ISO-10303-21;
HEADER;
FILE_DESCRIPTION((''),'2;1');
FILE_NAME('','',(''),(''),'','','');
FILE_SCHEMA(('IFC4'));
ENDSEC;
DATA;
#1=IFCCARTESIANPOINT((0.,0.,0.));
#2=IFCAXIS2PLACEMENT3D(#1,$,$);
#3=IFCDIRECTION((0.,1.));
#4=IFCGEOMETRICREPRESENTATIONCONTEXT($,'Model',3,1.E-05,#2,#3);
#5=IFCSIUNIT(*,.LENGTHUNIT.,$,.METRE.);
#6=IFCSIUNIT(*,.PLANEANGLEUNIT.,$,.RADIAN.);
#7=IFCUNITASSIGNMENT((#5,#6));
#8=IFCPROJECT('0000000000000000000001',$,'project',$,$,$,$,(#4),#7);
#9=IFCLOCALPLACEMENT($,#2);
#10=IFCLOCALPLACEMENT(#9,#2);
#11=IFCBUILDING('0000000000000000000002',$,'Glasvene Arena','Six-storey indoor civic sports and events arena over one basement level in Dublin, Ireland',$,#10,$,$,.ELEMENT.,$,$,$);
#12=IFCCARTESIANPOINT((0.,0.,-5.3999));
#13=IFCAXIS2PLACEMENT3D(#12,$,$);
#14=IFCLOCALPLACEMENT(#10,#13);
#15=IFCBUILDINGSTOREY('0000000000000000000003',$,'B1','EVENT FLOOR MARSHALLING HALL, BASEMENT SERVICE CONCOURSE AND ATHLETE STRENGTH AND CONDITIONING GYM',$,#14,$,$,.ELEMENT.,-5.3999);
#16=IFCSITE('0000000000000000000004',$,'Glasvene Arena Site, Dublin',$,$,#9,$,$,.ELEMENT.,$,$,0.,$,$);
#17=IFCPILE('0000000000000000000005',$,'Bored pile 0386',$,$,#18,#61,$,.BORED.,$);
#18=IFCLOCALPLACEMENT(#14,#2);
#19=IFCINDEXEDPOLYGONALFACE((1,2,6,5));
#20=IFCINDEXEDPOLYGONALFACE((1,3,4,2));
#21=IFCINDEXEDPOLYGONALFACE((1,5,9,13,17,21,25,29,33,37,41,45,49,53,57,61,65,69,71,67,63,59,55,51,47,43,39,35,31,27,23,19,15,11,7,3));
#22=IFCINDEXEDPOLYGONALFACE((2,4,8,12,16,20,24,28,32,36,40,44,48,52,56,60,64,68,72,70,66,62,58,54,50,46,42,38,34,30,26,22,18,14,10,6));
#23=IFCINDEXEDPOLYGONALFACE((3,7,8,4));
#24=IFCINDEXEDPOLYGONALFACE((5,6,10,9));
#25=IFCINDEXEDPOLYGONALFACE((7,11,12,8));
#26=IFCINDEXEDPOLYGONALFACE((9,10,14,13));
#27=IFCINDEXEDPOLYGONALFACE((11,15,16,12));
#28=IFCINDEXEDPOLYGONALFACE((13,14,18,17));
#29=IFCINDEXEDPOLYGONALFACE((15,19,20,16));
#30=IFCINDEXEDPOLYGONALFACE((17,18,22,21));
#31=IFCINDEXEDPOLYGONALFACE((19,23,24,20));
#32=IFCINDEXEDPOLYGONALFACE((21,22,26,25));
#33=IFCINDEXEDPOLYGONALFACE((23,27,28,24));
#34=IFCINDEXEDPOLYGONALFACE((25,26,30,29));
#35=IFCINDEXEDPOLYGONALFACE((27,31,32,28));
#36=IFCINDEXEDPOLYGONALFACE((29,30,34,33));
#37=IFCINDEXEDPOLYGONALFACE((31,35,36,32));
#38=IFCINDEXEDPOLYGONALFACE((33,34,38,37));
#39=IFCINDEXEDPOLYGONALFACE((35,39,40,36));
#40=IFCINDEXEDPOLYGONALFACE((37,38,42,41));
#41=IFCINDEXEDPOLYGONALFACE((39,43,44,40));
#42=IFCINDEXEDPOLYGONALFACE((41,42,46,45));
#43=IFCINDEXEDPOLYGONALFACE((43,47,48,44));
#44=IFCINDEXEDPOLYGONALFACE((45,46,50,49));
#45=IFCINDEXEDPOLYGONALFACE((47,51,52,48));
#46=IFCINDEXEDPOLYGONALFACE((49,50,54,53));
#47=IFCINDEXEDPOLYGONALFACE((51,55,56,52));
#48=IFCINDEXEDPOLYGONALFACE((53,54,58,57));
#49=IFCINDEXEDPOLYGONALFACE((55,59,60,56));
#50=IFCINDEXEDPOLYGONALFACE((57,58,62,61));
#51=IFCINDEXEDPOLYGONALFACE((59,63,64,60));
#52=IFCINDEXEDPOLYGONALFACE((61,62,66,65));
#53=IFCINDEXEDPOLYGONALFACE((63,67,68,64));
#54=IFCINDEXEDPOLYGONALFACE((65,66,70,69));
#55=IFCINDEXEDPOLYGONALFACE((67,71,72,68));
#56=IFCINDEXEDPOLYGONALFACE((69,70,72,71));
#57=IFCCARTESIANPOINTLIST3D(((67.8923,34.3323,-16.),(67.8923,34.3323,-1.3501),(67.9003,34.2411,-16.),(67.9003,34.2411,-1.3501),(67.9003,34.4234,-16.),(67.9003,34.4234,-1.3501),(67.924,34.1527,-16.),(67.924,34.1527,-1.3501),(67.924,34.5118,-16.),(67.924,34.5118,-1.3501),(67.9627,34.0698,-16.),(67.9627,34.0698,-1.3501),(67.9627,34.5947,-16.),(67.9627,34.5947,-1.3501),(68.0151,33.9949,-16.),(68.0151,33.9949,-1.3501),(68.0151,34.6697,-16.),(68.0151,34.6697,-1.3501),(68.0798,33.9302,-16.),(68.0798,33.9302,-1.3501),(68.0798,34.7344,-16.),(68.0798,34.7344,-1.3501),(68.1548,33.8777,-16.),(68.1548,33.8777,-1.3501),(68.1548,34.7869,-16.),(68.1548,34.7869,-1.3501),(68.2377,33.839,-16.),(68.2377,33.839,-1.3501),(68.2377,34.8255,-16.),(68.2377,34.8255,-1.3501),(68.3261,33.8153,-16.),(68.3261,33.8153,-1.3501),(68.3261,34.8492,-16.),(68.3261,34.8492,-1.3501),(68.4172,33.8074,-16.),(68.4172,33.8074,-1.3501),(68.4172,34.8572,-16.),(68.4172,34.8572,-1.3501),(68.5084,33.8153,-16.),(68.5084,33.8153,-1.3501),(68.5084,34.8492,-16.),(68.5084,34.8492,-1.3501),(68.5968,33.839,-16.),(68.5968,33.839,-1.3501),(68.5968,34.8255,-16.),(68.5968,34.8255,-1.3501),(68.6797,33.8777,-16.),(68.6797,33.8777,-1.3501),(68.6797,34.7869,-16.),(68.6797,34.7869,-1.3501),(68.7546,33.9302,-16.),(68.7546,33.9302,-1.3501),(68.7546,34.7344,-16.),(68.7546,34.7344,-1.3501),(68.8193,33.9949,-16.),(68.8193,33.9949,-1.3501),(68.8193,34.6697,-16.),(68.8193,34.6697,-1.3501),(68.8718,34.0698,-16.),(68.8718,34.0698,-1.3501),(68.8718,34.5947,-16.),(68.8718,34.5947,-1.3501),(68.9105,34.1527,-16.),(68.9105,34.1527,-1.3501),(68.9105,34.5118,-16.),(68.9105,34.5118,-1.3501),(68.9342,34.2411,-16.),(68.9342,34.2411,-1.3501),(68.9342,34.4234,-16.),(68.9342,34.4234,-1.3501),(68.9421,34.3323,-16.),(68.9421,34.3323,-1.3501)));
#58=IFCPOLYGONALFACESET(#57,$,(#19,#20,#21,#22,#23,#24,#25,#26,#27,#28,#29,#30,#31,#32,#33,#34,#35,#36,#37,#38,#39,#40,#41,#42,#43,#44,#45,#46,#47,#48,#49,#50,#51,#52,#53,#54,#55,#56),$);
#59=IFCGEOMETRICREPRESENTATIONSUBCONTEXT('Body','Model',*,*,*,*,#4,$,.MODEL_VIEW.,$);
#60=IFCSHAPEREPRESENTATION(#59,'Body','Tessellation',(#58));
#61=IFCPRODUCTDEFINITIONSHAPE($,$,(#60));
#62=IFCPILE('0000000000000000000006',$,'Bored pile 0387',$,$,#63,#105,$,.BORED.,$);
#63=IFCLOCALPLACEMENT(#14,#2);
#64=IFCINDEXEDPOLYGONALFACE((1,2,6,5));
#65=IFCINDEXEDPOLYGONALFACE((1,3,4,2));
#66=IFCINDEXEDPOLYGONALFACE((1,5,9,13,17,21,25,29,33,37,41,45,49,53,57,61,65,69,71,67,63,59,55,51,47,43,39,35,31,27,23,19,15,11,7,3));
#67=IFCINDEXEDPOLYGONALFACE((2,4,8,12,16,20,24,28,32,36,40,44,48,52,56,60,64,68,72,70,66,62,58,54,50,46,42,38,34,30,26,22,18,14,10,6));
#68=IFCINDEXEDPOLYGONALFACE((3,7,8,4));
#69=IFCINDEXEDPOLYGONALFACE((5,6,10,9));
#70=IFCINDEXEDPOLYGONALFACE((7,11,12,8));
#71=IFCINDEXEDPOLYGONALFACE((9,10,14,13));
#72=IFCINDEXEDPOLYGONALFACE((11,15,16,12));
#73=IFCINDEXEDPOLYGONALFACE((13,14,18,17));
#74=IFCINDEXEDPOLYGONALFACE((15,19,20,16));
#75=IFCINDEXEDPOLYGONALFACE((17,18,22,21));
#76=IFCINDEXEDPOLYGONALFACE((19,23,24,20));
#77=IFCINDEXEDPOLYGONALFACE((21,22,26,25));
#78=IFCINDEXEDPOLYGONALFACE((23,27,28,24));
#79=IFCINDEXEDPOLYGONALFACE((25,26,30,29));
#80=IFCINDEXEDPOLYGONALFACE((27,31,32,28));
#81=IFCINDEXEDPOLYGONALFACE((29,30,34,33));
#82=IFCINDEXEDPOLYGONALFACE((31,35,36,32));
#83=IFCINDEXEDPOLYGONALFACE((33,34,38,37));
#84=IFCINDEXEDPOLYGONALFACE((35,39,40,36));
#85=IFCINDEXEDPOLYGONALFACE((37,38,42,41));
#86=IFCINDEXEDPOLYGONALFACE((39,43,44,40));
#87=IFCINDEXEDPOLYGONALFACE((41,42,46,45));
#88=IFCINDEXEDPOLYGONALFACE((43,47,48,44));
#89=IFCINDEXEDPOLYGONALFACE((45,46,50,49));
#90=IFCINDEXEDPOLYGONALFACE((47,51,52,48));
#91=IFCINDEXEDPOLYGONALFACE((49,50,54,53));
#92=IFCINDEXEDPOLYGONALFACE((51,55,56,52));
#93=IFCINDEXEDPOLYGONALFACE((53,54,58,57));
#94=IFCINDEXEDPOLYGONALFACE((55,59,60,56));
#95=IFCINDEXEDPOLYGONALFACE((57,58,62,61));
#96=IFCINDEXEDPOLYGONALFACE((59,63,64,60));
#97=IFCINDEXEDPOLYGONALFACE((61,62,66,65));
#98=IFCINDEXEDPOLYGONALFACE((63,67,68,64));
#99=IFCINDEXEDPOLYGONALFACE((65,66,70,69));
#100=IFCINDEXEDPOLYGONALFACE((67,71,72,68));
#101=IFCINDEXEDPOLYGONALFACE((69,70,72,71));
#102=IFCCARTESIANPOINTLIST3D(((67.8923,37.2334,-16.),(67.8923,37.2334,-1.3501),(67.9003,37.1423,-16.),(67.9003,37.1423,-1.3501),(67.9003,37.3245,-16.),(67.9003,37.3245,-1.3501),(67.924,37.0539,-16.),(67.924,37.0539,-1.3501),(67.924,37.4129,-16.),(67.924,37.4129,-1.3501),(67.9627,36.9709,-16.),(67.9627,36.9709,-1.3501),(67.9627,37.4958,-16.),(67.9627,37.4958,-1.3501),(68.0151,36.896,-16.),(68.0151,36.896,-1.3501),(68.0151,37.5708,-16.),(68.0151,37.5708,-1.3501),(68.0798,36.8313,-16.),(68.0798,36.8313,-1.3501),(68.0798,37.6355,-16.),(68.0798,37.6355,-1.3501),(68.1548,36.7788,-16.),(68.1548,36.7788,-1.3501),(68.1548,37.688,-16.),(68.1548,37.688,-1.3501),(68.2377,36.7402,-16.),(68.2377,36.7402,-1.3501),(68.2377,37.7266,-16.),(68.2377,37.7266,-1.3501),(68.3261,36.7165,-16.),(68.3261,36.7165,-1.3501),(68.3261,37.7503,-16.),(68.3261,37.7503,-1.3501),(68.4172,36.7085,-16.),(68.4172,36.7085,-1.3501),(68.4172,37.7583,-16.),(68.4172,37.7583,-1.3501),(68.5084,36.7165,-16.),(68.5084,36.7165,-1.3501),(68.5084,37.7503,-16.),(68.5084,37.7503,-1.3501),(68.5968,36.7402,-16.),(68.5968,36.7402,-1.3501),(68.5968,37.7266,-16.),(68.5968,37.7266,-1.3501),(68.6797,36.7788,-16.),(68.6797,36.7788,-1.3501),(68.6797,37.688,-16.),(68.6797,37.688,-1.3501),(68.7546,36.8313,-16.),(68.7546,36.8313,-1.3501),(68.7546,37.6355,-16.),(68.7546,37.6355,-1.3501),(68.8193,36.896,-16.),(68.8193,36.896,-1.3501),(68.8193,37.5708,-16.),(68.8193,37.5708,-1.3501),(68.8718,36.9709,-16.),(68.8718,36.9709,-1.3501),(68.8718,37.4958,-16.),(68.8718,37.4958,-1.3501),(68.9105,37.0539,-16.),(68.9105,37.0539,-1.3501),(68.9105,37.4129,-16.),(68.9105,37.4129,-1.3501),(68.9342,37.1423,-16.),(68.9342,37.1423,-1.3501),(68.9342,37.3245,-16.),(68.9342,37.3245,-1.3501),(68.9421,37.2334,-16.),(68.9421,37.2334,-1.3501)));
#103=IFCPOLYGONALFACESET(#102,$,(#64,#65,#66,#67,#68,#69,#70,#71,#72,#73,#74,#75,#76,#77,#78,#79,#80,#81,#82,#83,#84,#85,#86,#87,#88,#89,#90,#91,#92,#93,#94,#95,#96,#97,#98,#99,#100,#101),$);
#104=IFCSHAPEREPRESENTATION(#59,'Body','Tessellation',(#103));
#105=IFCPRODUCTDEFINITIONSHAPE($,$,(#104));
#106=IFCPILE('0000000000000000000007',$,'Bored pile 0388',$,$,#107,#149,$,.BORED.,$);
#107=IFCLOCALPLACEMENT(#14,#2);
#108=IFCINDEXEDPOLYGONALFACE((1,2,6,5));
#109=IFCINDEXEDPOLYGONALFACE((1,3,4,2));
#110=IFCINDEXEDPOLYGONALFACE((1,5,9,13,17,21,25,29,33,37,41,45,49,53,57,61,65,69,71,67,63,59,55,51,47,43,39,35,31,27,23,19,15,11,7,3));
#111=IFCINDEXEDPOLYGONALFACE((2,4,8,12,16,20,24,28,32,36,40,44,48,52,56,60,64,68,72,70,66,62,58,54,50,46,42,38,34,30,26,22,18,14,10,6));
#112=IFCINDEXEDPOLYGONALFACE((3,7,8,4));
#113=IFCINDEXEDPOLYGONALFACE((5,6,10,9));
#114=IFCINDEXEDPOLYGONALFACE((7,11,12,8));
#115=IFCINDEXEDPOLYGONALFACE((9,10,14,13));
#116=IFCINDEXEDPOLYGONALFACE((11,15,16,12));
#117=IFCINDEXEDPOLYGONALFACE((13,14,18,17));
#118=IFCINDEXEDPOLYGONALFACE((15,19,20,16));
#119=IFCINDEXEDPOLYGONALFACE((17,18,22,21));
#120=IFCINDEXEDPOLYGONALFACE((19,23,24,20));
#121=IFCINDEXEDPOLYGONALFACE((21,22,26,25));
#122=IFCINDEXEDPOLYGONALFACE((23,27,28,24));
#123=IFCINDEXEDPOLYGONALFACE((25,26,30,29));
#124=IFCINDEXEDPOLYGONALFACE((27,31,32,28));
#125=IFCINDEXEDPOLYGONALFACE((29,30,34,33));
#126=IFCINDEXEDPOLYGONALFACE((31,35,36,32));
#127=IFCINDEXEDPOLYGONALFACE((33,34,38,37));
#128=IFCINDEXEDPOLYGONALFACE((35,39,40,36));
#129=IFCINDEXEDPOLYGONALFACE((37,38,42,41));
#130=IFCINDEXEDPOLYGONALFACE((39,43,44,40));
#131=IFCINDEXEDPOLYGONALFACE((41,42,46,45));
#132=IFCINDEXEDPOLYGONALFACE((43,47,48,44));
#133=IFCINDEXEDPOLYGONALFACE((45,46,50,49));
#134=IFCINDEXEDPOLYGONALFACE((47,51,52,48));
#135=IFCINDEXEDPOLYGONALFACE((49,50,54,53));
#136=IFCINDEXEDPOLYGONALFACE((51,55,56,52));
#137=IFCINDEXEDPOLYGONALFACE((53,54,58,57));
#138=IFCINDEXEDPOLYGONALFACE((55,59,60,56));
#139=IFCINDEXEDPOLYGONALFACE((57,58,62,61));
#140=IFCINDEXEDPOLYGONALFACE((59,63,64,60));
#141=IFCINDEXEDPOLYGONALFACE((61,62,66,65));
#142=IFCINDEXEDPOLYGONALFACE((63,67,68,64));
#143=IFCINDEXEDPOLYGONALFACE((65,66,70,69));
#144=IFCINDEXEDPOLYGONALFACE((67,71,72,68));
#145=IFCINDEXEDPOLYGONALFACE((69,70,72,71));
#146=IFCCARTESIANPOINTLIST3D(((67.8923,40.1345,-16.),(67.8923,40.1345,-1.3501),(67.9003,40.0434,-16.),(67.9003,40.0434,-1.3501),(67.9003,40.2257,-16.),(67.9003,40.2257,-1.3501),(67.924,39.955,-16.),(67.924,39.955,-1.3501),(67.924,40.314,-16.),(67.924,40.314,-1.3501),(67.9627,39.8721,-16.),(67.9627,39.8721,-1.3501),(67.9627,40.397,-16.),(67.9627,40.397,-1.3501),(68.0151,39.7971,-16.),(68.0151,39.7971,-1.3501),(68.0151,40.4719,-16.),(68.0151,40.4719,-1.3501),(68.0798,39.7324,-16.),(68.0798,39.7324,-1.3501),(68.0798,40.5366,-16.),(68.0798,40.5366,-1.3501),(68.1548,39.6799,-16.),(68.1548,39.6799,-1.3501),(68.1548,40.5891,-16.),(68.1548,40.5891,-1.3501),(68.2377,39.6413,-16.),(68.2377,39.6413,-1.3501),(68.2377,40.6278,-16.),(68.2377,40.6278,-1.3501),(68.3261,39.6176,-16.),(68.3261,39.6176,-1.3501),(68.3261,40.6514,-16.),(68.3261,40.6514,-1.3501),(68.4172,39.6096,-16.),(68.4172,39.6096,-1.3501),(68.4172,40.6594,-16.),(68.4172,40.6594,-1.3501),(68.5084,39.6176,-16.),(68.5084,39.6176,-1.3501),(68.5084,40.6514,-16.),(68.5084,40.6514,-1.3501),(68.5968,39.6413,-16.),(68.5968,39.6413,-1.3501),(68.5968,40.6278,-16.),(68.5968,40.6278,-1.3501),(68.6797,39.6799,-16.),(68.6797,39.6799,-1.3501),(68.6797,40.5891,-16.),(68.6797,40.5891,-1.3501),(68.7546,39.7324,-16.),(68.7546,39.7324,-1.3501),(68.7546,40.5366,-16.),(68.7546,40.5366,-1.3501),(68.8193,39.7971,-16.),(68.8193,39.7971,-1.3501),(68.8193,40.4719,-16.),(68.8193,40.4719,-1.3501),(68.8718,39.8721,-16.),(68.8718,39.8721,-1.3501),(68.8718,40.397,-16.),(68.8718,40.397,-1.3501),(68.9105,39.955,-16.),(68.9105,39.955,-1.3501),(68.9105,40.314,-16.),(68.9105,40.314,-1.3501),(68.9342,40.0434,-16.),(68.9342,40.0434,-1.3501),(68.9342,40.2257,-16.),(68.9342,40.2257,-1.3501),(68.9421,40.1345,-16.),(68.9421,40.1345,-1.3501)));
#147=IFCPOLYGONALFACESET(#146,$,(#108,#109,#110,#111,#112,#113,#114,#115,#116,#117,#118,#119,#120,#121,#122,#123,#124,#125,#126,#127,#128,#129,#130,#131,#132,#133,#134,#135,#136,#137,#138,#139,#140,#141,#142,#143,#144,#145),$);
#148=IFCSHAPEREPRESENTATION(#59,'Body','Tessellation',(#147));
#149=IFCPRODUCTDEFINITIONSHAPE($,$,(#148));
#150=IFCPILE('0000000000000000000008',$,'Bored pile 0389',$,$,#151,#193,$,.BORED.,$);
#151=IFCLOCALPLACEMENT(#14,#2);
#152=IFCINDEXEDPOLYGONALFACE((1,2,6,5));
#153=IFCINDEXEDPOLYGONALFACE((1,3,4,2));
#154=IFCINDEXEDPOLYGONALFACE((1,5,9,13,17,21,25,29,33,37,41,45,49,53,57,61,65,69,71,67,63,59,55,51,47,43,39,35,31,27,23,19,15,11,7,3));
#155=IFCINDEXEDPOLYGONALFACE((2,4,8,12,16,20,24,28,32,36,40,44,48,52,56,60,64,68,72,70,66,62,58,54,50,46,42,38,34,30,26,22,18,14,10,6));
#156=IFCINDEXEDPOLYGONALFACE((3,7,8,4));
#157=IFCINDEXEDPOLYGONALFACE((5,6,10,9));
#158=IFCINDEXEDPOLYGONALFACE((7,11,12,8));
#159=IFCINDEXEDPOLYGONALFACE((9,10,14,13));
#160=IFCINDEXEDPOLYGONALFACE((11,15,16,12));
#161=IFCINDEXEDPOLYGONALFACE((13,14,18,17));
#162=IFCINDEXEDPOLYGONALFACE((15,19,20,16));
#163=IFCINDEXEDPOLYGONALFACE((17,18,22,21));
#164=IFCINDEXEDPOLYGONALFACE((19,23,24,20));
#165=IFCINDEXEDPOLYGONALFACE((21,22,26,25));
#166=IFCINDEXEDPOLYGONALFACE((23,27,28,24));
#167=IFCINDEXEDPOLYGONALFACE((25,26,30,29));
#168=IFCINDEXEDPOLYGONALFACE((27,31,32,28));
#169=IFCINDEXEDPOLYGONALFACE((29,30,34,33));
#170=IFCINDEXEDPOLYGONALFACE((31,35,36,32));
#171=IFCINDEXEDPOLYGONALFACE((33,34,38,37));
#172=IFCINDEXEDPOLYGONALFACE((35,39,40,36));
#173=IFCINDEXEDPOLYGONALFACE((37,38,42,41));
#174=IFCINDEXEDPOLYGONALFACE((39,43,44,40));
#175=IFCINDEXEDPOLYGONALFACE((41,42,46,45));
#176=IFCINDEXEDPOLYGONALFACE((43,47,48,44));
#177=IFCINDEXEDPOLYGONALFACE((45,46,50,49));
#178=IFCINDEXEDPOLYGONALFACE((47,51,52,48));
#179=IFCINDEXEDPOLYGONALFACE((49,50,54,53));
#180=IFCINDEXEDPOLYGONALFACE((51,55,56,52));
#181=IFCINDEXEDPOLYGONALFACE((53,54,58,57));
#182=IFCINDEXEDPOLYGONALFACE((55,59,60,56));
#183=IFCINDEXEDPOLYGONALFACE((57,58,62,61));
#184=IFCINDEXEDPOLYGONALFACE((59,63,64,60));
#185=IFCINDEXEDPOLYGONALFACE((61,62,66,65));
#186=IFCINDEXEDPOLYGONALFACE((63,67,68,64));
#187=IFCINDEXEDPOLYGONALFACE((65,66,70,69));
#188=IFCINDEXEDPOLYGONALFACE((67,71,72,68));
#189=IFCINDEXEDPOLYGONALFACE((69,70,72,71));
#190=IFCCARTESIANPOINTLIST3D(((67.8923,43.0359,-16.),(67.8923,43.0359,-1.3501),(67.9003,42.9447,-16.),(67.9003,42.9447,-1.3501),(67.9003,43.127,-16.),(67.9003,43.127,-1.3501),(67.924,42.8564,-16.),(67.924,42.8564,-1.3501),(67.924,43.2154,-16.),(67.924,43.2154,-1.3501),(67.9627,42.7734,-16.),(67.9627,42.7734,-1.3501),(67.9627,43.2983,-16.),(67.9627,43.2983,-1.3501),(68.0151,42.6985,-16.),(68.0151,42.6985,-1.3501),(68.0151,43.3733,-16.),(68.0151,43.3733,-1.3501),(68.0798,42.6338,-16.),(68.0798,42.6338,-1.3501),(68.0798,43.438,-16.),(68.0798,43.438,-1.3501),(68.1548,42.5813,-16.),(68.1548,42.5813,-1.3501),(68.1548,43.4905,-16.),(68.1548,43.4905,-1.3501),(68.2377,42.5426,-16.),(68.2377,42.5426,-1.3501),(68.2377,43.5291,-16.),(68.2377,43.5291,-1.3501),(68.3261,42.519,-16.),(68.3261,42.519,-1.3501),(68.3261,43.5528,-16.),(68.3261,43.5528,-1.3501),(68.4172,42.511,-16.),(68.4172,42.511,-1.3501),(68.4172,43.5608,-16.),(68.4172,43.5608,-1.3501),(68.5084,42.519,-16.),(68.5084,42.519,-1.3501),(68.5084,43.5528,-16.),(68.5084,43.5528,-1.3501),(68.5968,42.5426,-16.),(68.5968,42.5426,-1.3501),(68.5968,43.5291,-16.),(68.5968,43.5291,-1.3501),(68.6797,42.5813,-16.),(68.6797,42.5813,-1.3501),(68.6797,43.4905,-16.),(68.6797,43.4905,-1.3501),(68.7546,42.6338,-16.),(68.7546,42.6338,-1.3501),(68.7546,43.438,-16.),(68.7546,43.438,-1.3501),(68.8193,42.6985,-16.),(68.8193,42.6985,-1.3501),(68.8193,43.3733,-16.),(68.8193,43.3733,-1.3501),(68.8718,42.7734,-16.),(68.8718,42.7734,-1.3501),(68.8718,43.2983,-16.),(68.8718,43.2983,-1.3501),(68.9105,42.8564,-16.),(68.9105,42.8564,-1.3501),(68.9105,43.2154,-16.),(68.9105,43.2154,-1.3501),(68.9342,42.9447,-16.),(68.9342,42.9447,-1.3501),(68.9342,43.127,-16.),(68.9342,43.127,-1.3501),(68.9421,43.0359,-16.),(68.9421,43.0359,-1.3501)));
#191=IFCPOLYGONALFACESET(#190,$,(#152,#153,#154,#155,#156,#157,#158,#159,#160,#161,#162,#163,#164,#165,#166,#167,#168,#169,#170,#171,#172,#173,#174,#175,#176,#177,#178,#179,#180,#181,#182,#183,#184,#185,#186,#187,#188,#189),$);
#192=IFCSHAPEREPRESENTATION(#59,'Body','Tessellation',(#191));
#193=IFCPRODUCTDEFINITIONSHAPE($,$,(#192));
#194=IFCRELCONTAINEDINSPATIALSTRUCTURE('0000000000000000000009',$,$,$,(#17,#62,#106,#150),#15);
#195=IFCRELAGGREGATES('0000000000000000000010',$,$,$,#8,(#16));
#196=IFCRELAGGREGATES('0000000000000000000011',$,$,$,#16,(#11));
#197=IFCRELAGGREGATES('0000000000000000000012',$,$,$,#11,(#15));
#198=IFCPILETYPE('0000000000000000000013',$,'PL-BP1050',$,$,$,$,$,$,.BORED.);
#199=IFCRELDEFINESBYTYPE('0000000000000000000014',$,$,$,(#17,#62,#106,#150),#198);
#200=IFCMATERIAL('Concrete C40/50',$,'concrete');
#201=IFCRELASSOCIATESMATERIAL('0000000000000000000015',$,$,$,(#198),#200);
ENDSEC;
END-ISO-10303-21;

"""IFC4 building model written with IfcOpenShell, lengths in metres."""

from ifc_helpers import new_model, si_unit, direction, frame, origin, origin_2d, place, context, subcontext, project, spatial, circle, extrude, material, material_profile, profile_set, type_object, element, save


model = new_model("IFC4")

# Units and contexts
model_context = context("Model", 3, precision=1e-05, world=origin(), true_north=direction((0.0, 1.0)))
body_context = subcontext(model_context, "Body", "Model", "MODEL_VIEW")
ifc_project = project(units=[si_unit("LENGTHUNIT", "METRE"), si_unit("PLANEANGLEUNIT", "RADIAN")], contexts=[model_context])

# Site, building, storey
site_placement = place(None, origin())
site = spatial("IfcSite", under=ifc_project, at=site_placement, Name="Glasvene Arena Site, Dublin", CompositionType="ELEMENT", RefElevation=0.0)
building_placement = place(site_placement, origin())
building = spatial("IfcBuilding", under=site, at=building_placement, Name="Glasvene Arena", Description="Six-storey indoor civic sports and events arena over one basement level in Dublin, Ireland", CompositionType="ELEMENT")
storey_placement = place(building_placement, frame((0.0, 0.0, -5.3999)))
storey = spatial("IfcBuildingStorey", under=building, at=storey_placement, Name="B1", Description="EVENT FLOOR MARSHALLING HALL, BASEMENT SERVICE CONCOURSE AND ATHLETE STRENGTH AND CONDITIONING GYM", CompositionType="ELEMENT", Elevation=-5.3999)

# Piles
ifc_material_1 = material(Name="Concrete C40/50", Category="concrete")
ifc_material_profile_1 = material_profile(ifc_material_1, circle(Radius=0.5249, at=origin_2d()), Name="BORED PILE 1050")
ifc_profile_set_1 = profile_set([ifc_material_profile_1], Name="Concrete C40/50")
pile_type = type_object("IfcPileType", Name="PL-BP1050", PredefinedType="BORED", material=ifc_profile_set_1)
for number, where, z_axis, x_axis, name in (
    (1, (68.4172, 34.3323, -1.3501), (0.0, 0.0, -1.0), (1.0, 0.0, 0.0), "Bored pile 0386"),
    (2, (68.4172, 37.2334, -1.3501), (0.0, 0.0, -1.0), (1.0, 0.0, 0.0), "Bored pile 0387"),
    (3, (68.4172, 40.1345, -1.3501), (0.0, 0.0, -1.0), (1.0, 0.0, 0.0), "Bored pile 0388"),
    (4, (68.4172, 43.0359, -1.3501), (0.0, 0.0, -1.0), (1.0, 0.0, 0.0), "Bored pile 0389"),
):
    element("IfcPile", number, at=place(storey_placement, frame(where, z_axis=z_axis, x_axis=x_axis)), inside=storey, type_object=pile_type, Name=name, PredefinedType="BORED", context=body_context, shape_type="SweptSolid", body=[
        extrude(circle(Radius=0.5249, at=origin_2d()), origin(), (0.0, 0.0, 1.0), 14.6499),
    ])

save(model, "model.ifc")
